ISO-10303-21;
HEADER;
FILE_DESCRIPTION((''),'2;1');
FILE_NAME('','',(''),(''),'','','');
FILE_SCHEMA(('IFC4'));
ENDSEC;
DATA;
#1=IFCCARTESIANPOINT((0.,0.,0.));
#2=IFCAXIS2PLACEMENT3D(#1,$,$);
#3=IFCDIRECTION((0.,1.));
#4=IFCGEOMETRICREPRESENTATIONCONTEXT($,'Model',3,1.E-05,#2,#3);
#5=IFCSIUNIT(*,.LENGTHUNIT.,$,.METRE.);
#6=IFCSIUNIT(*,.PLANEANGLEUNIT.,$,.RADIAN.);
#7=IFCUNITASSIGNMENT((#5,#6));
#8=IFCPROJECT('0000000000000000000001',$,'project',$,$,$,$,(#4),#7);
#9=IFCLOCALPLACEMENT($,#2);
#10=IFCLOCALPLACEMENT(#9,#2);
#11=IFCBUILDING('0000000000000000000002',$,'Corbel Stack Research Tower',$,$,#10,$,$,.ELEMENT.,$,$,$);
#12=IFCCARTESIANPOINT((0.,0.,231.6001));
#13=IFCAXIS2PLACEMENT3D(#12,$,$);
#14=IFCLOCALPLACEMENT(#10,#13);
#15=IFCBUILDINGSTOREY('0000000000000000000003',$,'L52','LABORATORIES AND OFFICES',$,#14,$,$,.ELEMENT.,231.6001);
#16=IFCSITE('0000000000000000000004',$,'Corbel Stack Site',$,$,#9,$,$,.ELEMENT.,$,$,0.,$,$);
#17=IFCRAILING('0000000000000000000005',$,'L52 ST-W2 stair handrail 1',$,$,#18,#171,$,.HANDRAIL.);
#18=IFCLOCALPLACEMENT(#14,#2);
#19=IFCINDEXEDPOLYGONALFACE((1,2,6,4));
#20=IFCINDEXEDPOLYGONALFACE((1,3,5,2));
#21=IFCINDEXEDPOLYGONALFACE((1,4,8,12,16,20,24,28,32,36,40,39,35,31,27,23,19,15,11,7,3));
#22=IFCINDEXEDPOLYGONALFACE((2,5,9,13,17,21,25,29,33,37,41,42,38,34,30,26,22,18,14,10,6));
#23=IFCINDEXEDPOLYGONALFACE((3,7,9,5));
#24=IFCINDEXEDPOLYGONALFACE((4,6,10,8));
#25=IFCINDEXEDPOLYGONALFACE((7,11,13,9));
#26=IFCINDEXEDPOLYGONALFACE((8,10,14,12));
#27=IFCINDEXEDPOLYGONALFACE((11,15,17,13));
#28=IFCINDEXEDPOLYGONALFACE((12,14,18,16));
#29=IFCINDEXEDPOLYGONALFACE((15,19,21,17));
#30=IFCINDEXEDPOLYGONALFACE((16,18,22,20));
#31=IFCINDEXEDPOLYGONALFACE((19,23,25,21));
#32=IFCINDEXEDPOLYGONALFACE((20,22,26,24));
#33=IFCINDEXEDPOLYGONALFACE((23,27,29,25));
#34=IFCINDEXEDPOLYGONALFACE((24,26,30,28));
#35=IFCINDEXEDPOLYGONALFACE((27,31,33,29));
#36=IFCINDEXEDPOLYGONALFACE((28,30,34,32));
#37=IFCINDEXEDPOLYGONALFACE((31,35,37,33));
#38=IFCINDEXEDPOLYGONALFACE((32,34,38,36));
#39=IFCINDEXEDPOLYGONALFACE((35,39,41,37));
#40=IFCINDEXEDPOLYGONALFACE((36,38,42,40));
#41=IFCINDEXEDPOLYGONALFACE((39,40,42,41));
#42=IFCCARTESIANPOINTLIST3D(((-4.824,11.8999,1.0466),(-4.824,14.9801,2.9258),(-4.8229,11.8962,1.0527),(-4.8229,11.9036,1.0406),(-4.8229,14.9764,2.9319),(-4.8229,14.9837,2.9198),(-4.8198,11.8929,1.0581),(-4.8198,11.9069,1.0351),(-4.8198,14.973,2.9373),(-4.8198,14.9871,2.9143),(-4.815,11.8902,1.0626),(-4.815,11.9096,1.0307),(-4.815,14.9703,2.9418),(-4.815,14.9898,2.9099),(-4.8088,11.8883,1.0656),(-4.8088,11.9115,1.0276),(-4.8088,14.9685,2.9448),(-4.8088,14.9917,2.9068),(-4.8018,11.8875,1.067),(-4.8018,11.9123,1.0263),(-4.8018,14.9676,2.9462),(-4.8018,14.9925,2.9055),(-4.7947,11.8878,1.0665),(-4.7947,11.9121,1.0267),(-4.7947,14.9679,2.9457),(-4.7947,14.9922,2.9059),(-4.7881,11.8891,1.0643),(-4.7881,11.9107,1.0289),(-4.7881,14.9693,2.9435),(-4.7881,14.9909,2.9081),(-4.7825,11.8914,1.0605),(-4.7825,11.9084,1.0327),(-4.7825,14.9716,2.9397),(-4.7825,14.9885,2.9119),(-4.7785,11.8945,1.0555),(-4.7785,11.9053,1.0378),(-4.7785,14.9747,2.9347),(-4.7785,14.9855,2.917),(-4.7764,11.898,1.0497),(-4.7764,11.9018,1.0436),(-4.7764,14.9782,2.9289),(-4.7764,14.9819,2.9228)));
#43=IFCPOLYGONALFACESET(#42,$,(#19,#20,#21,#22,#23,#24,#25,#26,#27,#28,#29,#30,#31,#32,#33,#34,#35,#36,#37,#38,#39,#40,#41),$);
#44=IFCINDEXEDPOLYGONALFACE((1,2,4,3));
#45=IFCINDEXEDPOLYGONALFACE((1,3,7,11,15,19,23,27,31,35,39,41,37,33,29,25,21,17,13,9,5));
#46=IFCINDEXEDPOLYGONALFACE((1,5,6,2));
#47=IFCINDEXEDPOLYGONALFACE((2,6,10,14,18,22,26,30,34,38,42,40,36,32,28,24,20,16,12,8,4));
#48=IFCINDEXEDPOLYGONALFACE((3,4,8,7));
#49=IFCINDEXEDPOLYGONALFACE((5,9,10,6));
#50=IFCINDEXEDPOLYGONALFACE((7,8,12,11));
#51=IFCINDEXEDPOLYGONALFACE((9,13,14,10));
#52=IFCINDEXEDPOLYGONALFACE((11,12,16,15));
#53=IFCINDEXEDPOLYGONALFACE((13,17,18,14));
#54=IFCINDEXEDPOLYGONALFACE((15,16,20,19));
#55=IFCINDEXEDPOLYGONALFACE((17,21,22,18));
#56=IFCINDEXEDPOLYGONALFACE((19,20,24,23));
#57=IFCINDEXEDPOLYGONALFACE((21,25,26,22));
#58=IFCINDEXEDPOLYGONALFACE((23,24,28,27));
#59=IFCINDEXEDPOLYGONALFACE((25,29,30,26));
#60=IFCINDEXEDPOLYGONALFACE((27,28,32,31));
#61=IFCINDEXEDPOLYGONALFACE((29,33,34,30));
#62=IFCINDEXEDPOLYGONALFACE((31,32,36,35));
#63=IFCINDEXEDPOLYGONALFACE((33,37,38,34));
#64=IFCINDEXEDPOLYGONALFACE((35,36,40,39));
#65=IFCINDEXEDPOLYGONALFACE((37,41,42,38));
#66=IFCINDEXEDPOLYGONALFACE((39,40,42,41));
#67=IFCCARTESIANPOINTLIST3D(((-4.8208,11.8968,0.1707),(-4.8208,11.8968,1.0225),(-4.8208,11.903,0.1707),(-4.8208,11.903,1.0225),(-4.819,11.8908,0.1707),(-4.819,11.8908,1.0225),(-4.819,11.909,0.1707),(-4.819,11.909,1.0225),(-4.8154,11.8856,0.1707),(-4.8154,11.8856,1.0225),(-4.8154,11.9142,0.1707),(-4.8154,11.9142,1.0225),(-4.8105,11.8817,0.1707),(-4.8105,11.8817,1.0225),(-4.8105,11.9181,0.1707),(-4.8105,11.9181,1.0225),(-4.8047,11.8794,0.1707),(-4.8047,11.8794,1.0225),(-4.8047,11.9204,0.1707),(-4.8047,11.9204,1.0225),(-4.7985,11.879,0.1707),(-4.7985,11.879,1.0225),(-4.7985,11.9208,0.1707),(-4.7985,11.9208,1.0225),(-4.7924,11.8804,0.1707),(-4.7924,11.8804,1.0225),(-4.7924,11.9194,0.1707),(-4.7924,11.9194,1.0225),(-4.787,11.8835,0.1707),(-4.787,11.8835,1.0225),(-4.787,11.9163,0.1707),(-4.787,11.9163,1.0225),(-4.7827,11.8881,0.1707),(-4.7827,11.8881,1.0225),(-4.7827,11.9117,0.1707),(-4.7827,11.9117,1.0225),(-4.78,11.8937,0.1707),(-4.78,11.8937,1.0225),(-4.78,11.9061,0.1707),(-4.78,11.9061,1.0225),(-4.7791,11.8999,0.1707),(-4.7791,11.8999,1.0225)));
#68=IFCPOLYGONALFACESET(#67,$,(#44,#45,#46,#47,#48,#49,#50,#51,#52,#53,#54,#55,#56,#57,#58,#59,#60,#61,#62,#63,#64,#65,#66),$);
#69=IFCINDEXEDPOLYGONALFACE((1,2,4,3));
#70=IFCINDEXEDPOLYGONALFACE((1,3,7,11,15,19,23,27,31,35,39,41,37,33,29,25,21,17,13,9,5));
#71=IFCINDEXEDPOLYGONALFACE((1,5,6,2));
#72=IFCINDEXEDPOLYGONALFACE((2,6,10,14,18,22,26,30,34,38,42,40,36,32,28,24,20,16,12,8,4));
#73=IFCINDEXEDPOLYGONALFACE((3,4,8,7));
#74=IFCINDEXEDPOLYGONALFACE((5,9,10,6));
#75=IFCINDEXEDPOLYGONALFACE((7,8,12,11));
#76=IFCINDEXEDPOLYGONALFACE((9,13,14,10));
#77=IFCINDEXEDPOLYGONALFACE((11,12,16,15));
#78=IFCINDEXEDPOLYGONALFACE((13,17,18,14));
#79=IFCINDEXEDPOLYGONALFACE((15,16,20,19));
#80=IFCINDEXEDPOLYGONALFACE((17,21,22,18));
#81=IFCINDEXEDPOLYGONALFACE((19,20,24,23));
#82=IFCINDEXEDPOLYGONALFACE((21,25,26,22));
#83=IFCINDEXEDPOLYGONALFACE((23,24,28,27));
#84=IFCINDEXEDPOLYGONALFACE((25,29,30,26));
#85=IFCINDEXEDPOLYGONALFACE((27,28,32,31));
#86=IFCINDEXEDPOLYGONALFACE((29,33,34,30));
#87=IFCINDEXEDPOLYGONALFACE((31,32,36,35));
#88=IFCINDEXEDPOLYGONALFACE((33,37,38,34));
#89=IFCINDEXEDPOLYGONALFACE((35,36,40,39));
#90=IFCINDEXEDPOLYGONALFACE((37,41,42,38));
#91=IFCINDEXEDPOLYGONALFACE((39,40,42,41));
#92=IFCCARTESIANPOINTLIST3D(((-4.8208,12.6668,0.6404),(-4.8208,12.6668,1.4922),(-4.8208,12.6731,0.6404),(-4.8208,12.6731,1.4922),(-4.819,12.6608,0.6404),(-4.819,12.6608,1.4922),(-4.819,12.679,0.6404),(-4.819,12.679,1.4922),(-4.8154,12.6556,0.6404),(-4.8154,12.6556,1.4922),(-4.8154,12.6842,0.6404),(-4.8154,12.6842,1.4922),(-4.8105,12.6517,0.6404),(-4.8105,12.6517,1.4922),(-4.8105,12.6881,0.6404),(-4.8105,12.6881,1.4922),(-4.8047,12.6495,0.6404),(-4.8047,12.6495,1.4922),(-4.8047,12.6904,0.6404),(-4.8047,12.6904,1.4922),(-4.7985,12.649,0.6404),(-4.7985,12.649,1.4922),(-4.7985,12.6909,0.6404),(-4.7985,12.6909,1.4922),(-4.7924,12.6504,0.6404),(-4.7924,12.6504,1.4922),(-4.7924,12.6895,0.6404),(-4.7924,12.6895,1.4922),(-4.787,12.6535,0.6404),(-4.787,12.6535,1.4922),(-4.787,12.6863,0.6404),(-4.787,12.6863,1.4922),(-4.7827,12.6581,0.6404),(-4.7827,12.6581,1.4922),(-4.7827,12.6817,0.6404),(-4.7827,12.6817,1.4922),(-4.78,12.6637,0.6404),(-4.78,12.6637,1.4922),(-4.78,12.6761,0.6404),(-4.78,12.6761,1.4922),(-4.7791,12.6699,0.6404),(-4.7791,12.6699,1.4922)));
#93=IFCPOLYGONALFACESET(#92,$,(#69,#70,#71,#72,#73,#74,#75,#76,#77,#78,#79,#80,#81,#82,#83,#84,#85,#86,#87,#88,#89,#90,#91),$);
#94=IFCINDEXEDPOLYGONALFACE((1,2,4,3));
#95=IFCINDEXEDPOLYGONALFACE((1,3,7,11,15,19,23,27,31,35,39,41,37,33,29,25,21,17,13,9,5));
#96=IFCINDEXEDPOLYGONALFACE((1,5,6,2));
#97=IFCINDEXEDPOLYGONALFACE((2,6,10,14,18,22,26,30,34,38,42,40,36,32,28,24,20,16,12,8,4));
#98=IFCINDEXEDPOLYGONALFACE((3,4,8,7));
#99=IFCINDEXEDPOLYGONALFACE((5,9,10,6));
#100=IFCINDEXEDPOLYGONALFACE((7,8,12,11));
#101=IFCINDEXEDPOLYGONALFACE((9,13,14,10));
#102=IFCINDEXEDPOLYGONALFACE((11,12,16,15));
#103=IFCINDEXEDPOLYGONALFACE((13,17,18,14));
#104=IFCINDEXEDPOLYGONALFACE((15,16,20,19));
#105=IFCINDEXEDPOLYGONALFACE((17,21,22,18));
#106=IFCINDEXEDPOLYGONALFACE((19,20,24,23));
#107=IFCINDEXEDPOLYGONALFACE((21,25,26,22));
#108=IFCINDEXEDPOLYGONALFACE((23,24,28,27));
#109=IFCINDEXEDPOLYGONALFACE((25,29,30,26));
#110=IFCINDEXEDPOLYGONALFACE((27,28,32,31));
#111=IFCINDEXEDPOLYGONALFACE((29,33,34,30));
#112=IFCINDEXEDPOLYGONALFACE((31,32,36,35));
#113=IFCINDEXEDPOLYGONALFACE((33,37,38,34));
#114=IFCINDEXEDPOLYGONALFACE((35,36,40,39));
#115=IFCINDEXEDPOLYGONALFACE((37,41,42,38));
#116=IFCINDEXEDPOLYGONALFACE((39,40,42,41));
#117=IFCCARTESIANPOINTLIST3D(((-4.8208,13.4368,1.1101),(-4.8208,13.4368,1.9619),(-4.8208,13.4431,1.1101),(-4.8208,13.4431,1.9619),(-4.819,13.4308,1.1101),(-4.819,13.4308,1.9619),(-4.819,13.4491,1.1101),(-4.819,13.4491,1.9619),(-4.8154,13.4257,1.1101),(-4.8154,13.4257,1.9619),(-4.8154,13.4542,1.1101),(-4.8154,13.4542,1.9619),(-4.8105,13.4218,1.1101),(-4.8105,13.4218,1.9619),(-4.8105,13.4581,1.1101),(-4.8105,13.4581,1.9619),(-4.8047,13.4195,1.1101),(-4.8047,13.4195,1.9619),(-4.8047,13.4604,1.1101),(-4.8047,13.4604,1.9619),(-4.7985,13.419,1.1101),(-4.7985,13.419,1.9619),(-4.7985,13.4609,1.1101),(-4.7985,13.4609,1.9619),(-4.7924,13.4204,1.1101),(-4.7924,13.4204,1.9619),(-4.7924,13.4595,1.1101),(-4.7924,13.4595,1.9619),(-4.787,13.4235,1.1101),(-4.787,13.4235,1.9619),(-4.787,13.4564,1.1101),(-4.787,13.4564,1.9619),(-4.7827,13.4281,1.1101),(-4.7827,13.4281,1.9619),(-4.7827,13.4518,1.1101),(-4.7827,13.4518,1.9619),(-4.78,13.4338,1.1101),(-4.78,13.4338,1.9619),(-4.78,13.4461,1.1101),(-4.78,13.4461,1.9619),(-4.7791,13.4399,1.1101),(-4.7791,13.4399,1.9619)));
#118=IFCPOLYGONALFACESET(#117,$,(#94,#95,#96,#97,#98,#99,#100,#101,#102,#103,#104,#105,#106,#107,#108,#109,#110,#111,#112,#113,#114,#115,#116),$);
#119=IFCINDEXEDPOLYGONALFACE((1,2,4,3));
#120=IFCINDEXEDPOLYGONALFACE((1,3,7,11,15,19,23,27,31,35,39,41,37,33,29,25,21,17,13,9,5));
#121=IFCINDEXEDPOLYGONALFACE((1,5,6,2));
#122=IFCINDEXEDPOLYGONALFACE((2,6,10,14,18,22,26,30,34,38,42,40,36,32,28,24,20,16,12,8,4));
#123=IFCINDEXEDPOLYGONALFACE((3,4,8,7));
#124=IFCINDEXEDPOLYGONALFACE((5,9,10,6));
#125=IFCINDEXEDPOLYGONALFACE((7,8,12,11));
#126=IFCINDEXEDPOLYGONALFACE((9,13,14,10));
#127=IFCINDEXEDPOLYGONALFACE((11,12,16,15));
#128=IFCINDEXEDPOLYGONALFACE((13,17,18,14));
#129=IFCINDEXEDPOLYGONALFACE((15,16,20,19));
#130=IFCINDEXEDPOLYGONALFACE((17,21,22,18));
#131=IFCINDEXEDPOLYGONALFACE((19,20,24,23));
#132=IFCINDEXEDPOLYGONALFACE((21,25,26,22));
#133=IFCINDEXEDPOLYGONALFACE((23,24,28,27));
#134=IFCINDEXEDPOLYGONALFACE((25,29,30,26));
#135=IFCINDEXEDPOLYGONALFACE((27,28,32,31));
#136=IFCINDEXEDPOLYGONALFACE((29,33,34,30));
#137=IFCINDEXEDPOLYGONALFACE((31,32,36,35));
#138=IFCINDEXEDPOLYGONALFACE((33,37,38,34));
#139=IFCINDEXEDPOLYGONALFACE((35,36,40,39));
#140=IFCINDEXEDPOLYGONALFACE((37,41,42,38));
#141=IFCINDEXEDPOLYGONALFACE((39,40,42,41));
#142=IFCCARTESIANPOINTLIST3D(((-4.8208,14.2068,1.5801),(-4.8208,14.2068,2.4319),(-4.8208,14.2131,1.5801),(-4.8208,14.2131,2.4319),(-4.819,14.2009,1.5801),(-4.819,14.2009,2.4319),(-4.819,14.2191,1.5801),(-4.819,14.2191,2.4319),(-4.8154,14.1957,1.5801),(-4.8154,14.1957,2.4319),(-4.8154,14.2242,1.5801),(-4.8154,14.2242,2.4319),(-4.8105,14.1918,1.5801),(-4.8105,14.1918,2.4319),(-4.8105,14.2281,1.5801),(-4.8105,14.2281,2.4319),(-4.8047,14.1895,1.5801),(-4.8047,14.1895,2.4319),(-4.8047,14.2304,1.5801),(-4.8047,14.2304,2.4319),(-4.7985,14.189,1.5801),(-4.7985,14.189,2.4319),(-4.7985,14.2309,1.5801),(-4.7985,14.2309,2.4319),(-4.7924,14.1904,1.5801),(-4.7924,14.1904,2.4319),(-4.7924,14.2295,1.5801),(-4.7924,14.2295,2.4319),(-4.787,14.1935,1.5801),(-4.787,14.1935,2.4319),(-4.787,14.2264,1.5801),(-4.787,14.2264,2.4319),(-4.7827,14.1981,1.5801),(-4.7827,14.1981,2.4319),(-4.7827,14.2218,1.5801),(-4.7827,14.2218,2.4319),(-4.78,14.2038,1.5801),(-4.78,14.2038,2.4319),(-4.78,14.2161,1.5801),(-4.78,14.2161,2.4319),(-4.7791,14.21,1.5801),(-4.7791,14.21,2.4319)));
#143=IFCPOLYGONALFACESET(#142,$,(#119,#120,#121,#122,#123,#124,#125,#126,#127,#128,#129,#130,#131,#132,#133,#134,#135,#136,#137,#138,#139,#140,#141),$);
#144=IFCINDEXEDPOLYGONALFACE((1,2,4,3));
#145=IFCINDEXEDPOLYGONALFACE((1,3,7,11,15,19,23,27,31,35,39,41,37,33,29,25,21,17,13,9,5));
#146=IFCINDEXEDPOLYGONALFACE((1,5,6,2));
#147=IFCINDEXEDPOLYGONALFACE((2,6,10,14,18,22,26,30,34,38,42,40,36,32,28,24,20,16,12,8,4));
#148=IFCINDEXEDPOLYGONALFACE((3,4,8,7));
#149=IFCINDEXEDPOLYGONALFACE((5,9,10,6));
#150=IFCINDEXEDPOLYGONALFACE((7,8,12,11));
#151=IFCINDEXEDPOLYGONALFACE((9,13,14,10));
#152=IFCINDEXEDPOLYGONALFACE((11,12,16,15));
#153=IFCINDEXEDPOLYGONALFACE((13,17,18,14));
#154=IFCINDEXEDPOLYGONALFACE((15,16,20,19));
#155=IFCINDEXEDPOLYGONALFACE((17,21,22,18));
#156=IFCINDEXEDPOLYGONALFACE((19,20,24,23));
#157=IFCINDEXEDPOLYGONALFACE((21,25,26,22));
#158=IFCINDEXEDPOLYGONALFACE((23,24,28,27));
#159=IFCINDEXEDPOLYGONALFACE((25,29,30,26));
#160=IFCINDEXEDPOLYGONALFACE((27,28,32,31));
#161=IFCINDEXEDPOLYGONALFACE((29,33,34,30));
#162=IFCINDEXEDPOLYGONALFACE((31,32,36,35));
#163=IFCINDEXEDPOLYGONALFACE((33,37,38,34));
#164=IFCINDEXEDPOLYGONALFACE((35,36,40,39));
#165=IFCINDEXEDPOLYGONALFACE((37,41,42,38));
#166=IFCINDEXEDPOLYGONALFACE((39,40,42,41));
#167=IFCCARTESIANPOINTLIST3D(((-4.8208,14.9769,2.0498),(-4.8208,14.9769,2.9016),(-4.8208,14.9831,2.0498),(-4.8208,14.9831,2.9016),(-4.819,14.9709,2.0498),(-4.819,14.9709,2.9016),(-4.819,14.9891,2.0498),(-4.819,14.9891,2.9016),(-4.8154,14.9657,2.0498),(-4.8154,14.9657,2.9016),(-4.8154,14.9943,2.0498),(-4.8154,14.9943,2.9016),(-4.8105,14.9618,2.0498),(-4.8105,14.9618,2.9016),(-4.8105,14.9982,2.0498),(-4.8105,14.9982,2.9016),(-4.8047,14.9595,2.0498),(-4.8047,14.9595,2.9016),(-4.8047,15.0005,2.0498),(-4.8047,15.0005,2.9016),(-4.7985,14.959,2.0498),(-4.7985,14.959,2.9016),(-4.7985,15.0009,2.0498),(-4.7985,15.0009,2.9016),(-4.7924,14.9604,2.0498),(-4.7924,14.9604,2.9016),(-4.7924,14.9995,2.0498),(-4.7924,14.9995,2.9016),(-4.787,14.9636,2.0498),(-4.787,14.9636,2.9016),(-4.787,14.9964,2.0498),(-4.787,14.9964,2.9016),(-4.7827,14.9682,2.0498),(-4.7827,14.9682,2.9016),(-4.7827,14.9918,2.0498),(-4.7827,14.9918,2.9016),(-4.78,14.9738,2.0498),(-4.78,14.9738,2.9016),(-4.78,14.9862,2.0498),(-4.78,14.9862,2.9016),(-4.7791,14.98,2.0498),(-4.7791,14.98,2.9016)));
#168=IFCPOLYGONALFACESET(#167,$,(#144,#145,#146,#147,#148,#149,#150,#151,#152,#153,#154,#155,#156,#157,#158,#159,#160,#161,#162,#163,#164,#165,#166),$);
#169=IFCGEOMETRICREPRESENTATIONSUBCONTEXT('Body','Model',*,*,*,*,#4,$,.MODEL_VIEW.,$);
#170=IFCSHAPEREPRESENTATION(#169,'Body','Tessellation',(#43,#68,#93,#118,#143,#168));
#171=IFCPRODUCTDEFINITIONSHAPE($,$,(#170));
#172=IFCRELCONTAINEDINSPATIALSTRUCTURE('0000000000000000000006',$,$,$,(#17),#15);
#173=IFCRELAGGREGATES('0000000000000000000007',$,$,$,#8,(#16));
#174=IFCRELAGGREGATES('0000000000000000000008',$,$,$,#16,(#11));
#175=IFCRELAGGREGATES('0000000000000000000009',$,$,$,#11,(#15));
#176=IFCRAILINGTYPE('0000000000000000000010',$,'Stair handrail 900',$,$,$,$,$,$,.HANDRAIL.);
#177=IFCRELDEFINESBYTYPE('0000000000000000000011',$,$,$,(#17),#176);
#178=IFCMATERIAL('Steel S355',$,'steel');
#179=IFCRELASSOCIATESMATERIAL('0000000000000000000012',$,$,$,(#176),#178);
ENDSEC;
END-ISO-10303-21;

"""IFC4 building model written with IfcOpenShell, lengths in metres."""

from ifc_helpers import new_model, si_unit, direction, frame, origin, origin_2d, place, context, subcontext, project, spatial, circle, extrude, material, type_object, element, save


model = new_model("IFC4")

# Units and contexts
model_context = context("Model", 3, precision=1e-05, world=origin(), true_north=direction((0.0, 1.0)))
body_context = subcontext(model_context, "Body", "Model", "MODEL_VIEW")
ifc_project = project(units=[si_unit("LENGTHUNIT", "METRE"), si_unit("PLANEANGLEUNIT", "RADIAN")], contexts=[model_context])

# Site, building, storey
site_placement = place(None, origin())
site = spatial("IfcSite", under=ifc_project, at=site_placement, Name="Corbel Stack Site", CompositionType="ELEMENT", RefElevation=0.0)
building_placement = place(site_placement, origin())
building = spatial("IfcBuilding", under=site, at=building_placement, Name="Corbel Stack Research Tower", CompositionType="ELEMENT")
storey_placement = place(building_placement, frame((0.0, 0.0, 231.6001)))
storey = spatial("IfcBuildingStorey", under=building, at=storey_placement, Name="L52", Description="LABORATORIES AND OFFICES", CompositionType="ELEMENT", Elevation=231.6001)

# Railing
ifc_material_1 = material(Name="Steel S355", Category="steel")
railing_type_1 = type_object("IfcRailingType", Name="Stair handrail 900", PredefinedType="HANDRAIL", material=ifc_material_1)
railing_1_placement = place(storey_placement, frame((-4.8, 11.8999, 0.1707)))
element("IfcRailing", 1, at=railing_1_placement, inside=storey, type_object=railing_type_1, Name="L52 ST-W2 stair handrail 1", PredefinedType="HANDRAIL", context=body_context, shape_type="SweptSolid", body=[
    extrude(circle(Radius=0.0239, at=origin_2d()), frame((0.0, 0.0, 0.876), z_axis=(0.0, 0.853666, 0.52082), x_axis=(-1.0, 0.0, 0.0)), (0.0, 0.0, 1.0), 3.6082),
    extrude(circle(Radius=0.021, at=origin_2d()), origin(), (0.0, 0.0, 1.0), 0.8518),
    extrude(circle(Radius=0.021, at=origin_2d()), frame((0.0, 0.77, 0.4697)), (0.0, 0.0, 1.0), 0.8518),
    extrude(circle(Radius=0.021, at=origin_2d()), frame((0.0, 1.54, 0.9395)), (0.0, 0.0, 1.0), 0.8518),
    extrude(circle(Radius=0.021, at=origin_2d()), frame((0.0, 2.3101, 1.4094)), (0.0, 0.0, 1.0), 0.8518),
    extrude(circle(Radius=0.021, at=origin_2d()), frame((0.0, 3.0801, 1.8792)), (0.0, 0.0, 1.0), 0.8518),
])

save(model, "model.ifc")
